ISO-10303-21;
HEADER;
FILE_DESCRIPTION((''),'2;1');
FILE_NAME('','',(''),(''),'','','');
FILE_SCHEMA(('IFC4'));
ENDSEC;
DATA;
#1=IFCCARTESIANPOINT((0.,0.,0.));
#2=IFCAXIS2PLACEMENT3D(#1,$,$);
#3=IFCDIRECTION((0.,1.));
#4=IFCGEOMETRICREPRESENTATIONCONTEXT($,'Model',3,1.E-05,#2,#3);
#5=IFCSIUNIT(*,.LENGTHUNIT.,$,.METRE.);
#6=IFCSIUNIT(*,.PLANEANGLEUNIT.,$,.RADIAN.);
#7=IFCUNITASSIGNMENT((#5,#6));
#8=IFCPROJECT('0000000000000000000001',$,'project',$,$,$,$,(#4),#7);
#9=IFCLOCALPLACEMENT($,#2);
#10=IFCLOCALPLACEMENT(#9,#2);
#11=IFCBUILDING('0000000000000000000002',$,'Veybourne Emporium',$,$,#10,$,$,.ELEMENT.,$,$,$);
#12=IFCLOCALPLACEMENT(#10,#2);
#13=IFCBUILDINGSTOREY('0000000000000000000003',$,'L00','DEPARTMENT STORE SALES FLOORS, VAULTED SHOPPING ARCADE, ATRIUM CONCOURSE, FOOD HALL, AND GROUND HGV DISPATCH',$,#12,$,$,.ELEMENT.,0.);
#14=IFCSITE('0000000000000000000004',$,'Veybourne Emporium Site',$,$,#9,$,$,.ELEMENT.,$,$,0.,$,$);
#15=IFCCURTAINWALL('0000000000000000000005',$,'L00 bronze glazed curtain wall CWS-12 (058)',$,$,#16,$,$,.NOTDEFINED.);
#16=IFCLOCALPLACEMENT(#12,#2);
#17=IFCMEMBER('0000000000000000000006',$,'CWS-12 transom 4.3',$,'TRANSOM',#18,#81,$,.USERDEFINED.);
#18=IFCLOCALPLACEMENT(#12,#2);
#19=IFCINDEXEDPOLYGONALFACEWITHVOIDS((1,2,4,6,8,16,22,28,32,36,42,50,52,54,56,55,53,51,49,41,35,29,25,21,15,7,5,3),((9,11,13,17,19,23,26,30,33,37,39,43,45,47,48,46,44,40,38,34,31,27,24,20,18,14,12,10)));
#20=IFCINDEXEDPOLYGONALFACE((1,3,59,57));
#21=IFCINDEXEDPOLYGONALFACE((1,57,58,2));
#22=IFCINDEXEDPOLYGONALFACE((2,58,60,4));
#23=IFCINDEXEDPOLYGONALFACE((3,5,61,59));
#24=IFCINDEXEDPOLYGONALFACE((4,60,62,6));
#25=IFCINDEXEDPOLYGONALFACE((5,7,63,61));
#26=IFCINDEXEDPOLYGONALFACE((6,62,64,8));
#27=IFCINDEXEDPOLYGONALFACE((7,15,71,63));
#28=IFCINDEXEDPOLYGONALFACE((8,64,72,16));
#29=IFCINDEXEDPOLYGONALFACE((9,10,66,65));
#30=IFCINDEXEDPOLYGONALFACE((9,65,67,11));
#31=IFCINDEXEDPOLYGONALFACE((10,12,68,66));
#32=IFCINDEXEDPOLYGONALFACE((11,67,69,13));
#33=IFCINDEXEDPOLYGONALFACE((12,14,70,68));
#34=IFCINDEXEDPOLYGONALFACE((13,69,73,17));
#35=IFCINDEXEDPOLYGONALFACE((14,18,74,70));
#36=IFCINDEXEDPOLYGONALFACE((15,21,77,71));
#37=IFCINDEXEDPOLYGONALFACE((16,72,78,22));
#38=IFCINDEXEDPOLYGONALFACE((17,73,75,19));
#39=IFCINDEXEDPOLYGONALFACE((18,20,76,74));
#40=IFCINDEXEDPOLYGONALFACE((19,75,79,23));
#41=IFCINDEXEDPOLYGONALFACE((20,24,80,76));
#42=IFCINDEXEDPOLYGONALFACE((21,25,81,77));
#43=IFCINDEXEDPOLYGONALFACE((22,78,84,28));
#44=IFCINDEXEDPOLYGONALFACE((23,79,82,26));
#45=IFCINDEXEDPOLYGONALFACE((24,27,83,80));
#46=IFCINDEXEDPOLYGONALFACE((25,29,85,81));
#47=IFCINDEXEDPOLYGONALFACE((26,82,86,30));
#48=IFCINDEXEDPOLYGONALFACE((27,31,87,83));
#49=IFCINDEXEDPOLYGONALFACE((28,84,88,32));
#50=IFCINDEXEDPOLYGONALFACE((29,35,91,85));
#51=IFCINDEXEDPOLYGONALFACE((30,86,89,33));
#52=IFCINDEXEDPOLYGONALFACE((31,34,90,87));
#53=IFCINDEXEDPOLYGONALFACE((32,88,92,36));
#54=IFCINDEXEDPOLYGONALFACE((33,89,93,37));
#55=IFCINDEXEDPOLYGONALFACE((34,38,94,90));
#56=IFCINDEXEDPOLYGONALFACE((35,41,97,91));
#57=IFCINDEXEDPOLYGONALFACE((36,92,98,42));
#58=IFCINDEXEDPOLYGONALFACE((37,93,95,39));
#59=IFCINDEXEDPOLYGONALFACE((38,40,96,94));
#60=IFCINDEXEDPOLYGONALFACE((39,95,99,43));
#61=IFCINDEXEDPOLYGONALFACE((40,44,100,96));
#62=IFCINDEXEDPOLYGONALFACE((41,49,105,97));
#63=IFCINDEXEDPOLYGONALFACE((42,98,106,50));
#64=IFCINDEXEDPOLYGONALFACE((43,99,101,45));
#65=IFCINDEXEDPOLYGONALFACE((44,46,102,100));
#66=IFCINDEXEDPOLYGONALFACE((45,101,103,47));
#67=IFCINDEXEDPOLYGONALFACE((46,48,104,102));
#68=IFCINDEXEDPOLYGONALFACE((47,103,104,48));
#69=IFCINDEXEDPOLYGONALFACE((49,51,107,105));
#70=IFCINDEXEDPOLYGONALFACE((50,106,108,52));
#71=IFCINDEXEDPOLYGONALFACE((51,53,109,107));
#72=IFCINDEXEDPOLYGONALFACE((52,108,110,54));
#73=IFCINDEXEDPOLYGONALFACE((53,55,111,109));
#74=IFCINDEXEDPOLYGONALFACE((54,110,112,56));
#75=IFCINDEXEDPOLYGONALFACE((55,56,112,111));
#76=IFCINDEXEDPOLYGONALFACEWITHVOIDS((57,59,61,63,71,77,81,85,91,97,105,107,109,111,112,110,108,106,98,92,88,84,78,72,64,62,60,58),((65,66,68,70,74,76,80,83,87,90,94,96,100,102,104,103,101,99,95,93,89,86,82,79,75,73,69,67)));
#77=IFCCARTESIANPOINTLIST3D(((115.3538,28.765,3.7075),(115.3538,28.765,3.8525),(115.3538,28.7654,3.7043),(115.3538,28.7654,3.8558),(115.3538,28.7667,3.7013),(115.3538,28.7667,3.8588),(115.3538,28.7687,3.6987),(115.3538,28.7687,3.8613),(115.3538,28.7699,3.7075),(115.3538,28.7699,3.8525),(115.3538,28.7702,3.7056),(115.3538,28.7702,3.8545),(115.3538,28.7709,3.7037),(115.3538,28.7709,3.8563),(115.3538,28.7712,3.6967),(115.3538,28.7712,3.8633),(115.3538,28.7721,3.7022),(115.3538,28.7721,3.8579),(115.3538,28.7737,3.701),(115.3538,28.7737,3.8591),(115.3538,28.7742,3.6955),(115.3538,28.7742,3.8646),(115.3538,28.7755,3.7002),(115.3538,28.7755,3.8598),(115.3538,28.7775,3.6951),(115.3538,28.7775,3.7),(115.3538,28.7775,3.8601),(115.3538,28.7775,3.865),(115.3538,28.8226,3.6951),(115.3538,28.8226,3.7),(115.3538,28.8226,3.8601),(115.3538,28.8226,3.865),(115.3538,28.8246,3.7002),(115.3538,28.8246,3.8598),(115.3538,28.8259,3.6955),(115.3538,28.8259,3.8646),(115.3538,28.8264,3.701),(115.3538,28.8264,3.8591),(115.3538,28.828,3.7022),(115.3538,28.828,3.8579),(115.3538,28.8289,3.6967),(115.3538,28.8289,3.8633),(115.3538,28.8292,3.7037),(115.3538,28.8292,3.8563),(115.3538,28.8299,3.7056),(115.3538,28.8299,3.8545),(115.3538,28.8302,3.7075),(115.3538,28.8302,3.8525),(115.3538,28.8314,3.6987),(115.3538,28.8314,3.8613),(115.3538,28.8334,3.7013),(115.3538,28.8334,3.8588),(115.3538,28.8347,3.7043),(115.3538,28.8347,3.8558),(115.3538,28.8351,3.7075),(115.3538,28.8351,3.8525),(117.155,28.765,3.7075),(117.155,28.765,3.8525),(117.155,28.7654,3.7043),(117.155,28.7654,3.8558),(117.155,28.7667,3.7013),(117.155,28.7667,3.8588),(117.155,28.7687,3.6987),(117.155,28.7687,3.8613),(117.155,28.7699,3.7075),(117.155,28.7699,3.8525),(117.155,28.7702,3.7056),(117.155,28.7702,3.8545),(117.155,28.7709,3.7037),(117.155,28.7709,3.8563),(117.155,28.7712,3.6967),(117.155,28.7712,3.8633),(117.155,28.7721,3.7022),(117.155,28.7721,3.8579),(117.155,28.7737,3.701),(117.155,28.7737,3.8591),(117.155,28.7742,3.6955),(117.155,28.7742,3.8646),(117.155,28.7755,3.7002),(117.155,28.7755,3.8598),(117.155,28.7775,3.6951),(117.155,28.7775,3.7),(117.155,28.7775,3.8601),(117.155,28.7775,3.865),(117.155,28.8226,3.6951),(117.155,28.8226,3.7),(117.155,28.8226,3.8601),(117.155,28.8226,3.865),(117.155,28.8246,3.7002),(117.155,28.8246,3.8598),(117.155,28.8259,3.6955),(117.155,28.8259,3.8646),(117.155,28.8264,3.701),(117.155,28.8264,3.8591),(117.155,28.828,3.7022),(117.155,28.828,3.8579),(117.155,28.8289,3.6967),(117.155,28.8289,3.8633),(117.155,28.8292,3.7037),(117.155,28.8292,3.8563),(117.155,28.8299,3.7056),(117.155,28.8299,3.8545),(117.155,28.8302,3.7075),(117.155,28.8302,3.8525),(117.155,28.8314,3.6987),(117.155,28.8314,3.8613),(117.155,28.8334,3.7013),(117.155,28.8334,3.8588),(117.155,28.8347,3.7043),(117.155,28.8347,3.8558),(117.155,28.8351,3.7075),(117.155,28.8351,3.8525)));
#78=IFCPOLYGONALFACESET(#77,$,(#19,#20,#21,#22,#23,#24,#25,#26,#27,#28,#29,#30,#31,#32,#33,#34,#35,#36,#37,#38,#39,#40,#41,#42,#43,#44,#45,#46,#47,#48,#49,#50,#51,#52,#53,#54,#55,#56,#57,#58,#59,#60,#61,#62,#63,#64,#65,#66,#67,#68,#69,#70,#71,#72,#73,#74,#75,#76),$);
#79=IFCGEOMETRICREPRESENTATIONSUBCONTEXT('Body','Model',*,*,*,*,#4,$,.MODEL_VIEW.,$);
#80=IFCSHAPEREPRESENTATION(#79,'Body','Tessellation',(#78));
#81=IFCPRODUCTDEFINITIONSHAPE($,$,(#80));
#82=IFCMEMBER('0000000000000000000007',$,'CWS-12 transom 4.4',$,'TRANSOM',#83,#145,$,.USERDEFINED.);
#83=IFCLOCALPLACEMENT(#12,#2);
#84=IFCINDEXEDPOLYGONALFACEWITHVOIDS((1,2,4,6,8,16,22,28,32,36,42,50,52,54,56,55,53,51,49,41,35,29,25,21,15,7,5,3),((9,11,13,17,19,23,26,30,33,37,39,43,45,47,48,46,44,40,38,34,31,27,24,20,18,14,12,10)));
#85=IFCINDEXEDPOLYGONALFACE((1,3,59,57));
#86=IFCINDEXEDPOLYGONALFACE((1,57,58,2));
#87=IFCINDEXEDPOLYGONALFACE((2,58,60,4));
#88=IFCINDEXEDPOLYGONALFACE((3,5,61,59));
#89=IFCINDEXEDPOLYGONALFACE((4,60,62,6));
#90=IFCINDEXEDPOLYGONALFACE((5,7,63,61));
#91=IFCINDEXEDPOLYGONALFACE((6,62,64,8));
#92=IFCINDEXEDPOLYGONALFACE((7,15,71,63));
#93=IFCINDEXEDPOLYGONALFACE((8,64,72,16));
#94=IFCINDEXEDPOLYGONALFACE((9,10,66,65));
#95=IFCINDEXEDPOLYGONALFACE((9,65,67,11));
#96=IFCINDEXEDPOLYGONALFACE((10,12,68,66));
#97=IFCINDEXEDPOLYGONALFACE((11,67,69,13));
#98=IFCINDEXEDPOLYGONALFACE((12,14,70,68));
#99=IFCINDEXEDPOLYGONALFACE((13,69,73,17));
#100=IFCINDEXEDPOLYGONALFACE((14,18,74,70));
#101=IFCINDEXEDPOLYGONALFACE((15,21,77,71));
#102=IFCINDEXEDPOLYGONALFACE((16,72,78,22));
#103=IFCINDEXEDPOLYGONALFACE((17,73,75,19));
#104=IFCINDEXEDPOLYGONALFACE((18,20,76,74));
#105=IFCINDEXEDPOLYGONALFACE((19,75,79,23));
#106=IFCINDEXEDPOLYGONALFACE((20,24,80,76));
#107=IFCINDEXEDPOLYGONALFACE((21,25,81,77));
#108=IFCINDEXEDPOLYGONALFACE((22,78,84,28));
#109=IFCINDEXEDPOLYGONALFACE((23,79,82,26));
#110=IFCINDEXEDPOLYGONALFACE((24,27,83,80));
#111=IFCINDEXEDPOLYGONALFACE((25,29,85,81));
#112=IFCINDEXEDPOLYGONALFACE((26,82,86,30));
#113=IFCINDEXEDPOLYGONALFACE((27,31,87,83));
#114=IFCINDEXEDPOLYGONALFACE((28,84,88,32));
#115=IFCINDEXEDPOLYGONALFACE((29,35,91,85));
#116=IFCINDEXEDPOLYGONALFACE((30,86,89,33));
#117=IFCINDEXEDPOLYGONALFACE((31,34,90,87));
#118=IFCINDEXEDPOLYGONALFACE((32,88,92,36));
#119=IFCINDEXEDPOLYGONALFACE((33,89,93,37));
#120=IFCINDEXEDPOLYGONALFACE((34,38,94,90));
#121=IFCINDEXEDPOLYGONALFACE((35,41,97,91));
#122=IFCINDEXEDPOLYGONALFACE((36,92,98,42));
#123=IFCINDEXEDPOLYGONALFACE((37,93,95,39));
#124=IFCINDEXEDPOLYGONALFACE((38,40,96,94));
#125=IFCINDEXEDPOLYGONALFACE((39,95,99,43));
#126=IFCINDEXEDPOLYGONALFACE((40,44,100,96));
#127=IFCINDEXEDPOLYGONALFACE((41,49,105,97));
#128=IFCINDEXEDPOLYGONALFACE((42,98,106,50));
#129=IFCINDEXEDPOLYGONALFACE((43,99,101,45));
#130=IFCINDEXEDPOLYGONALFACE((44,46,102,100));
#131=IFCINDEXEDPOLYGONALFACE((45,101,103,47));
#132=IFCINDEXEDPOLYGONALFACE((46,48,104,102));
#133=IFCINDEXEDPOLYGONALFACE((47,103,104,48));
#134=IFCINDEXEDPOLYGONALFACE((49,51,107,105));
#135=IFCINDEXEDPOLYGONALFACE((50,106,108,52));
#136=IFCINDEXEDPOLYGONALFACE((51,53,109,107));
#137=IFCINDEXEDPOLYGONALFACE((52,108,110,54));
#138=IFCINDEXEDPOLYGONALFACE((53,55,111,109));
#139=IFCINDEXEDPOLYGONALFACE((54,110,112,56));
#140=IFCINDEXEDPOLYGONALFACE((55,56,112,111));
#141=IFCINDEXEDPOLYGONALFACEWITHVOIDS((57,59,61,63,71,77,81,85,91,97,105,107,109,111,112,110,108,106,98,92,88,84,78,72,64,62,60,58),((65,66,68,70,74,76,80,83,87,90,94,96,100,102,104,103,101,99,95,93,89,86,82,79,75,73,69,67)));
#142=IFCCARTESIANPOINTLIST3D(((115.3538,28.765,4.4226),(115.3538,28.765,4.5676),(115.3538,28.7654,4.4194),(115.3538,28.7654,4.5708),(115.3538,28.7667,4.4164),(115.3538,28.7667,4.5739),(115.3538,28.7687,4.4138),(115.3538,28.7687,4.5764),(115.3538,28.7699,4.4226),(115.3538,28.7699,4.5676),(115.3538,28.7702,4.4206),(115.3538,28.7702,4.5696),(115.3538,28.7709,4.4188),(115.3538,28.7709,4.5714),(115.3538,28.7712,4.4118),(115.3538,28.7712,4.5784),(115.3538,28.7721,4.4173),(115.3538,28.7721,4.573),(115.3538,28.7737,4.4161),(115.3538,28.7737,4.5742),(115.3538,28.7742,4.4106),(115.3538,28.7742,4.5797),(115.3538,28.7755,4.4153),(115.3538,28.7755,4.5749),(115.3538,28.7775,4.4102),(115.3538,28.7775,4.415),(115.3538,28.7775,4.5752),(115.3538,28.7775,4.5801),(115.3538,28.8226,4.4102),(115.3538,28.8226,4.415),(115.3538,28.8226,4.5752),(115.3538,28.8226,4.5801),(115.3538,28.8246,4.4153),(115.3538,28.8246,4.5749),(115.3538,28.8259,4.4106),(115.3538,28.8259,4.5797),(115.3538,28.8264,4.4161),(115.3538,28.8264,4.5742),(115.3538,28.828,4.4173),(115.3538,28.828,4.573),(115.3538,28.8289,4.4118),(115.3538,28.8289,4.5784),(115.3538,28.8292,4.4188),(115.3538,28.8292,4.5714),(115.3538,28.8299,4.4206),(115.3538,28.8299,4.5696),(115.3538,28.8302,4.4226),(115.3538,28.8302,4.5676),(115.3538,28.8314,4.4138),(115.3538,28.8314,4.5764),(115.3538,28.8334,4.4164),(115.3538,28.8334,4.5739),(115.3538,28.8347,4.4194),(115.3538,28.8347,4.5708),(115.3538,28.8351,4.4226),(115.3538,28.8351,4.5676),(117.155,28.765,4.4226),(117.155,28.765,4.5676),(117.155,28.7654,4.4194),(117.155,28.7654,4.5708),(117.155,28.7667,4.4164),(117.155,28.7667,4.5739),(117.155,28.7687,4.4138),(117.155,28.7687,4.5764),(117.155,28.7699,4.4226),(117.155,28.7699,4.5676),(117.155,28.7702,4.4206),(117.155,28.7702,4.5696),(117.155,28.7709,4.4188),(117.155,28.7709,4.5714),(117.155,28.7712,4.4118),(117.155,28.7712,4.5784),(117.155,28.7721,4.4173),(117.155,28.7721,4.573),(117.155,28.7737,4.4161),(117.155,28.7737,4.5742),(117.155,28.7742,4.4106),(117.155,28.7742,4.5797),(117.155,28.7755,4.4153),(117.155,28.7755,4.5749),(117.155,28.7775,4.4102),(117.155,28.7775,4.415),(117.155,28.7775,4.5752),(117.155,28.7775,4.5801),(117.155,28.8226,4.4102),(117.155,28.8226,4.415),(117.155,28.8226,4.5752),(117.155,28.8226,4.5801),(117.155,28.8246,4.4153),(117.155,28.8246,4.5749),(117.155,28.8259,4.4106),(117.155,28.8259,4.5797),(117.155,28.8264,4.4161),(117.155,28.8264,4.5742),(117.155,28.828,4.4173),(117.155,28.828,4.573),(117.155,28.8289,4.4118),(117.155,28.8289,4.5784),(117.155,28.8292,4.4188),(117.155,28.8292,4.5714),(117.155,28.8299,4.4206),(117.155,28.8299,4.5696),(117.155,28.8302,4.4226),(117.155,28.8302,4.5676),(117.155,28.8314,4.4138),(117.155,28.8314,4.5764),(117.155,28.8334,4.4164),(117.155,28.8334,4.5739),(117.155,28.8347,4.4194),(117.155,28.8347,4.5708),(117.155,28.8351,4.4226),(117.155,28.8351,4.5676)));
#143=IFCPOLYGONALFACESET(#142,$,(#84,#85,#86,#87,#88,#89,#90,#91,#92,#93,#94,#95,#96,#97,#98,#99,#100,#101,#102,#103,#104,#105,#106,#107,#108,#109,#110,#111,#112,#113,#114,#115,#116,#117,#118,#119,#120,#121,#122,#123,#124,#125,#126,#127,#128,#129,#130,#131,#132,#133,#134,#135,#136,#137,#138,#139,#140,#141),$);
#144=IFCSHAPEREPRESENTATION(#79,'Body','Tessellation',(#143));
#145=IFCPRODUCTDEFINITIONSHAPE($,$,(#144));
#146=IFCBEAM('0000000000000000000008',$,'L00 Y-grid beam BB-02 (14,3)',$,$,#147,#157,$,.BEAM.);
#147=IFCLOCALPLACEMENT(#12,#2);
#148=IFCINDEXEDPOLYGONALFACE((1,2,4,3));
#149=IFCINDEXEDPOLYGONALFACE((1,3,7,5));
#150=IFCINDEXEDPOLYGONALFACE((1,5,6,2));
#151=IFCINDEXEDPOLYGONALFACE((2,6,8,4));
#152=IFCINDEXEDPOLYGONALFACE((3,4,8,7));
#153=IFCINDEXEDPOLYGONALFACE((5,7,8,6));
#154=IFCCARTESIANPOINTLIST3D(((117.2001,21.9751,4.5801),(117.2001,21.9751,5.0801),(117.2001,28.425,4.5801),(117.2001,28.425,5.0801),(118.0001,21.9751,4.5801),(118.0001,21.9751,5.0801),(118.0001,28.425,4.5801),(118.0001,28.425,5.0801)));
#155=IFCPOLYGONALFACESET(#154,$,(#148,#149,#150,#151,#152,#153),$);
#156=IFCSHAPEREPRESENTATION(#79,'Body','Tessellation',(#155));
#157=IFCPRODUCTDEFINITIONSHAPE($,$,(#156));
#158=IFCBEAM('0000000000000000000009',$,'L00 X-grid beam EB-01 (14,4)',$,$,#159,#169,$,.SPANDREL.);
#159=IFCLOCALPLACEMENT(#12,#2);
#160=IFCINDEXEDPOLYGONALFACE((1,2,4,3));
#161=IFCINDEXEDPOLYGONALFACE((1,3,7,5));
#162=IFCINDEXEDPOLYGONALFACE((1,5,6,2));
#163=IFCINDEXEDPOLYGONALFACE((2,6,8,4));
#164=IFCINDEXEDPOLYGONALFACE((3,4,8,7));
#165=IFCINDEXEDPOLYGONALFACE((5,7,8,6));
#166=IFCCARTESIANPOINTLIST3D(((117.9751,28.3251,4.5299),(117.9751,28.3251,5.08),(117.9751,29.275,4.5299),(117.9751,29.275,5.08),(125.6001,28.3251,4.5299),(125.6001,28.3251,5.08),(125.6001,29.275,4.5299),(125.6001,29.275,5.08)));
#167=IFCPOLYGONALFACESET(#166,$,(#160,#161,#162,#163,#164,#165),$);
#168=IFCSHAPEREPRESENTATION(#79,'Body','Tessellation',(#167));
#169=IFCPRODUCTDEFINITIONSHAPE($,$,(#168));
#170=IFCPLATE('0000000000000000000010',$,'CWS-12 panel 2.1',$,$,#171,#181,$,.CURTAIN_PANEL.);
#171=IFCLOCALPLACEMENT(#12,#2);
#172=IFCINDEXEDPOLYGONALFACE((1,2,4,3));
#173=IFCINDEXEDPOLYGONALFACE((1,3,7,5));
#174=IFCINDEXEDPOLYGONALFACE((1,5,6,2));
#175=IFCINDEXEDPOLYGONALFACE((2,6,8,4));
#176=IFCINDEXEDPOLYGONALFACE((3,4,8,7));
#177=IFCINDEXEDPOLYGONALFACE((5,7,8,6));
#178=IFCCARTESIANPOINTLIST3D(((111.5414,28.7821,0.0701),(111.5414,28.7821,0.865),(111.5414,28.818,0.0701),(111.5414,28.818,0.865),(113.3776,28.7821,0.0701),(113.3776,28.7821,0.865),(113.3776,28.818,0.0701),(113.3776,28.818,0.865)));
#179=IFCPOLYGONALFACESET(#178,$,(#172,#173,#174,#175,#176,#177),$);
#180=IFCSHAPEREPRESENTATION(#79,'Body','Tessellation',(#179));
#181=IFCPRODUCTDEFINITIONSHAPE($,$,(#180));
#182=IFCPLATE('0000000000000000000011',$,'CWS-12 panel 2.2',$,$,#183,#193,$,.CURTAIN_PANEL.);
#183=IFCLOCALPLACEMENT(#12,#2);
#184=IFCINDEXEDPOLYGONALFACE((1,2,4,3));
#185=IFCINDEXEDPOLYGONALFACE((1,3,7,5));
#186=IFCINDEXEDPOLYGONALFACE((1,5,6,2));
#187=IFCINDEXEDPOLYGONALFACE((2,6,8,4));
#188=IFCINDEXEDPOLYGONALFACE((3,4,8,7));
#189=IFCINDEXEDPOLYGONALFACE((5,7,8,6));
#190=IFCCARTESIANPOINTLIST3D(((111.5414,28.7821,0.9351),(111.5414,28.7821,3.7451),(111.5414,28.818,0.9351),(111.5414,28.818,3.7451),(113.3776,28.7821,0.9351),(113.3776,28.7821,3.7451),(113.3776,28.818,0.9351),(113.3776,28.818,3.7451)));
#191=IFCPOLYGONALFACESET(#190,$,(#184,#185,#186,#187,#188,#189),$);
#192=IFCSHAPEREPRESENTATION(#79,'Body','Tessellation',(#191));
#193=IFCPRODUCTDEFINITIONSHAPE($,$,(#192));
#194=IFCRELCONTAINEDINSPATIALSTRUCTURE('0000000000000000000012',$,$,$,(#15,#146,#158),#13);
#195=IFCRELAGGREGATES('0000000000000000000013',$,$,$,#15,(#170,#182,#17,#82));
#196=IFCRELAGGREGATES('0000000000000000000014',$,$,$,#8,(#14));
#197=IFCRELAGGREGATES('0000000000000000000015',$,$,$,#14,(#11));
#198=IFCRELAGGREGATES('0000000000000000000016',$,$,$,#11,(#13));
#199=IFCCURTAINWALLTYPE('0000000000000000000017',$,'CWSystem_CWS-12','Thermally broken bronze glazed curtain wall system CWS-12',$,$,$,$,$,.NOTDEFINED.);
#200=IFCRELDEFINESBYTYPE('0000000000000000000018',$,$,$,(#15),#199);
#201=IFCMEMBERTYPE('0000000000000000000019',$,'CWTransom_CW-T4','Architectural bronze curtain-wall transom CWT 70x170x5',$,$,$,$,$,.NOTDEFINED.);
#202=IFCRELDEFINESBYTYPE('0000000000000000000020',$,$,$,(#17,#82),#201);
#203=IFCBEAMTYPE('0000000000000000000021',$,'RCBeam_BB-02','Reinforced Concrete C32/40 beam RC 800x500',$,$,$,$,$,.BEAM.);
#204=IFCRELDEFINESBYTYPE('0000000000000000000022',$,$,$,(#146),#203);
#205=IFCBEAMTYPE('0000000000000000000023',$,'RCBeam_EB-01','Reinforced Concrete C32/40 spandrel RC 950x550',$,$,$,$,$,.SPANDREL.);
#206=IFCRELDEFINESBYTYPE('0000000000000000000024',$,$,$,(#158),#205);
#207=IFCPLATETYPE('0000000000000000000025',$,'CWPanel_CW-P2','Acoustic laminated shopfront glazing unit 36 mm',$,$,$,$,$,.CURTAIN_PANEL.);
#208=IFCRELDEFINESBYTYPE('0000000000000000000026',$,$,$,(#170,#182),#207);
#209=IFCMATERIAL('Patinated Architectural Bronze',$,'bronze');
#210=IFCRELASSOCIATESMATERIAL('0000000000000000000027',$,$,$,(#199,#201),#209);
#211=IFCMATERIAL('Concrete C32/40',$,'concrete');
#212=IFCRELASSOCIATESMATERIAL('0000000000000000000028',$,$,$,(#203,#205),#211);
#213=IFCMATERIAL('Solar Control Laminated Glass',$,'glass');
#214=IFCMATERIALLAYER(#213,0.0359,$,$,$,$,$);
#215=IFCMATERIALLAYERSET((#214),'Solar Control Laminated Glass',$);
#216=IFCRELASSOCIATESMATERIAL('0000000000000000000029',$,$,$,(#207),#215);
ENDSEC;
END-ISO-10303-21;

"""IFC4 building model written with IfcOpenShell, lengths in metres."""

from ifc_helpers import new_model, si_unit, direction, frame, origin, origin_2d, place, context, subcontext, project, spatial, rectangle, hollow_rectangle, extrude, material, layer, layer_set, material_profile, profile_set, type_object, element, aggregate, save


model = new_model("IFC4")

# Units and contexts
model_context = context("Model", 3, precision=1e-05, world=origin(), true_north=direction((0.0, 1.0)))
body_context = subcontext(model_context, "Body", "Model", "MODEL_VIEW")
ifc_project = project(units=[si_unit("LENGTHUNIT", "METRE"), si_unit("PLANEANGLEUNIT", "RADIAN")], contexts=[model_context])

# Site, building, storey
site_placement = place(None, origin())
site = spatial("IfcSite", under=ifc_project, at=site_placement, Name="Veybourne Emporium Site", CompositionType="ELEMENT", RefElevation=0.0)
building_placement = place(site_placement, origin())
building = spatial("IfcBuilding", under=site, at=building_placement, Name="Veybourne Emporium", CompositionType="ELEMENT")
storey_placement = place(building_placement, origin())
storey = spatial("IfcBuildingStorey", under=building, at=storey_placement, Name="L00", Description="DEPARTMENT STORE SALES FLOORS, VAULTED SHOPPING ARCADE, ATRIUM CONCOURSE, FOOD HALL, AND GROUND HGV DISPATCH", CompositionType="ELEMENT", Elevation=0.0)

# Shared definitions
ifc_material_1 = material(Name="Patinated Architectural Bronze", Category="bronze")

# Curtain wall
curtain_wall_type_1 = type_object("IfcCurtainWallType", Name="CWSystem_CWS-12", Description="Thermally broken bronze glazed curtain wall system CWS-12", PredefinedType="NOTDEFINED", material=ifc_material_1)
curtain_wall_1_placement = place(storey_placement, origin())
curtain_wall_1 = element("IfcCurtainWall", 1, at=curtain_wall_1_placement, inside=storey, type_object=curtain_wall_type_1, Name="L00 bronze glazed curtain wall CWS-12 (058)", PredefinedType="NOTDEFINED")

# Members
ifc_material_profile_1 = material_profile(ifc_material_1, hollow_rectangle(XDim=0.0701, YDim=0.1699, WallThickness=0.0049, InnerFilletRadius=0.0076, OuterFilletRadius=0.0125, at=origin_2d()), Name="CWT 70x170x5")
ifc_profile_set_1 = profile_set([ifc_material_profile_1], Name="Patinated Architectural Bronze")
member_type_1 = type_object("IfcMemberType", Name="CWTransom_CW-T4", Description="Architectural bronze curtain-wall transom CWT 70x170x5", PredefinedType="NOTDEFINED", material=ifc_profile_set_1)
member_1_placement = place(storey_placement, frame((115.3538, 28.8, 3.78), z_axis=(1.0, 0.0, 0.0), x_axis=(0.0, 1.0, 0.0)))
member_1 = element("IfcMember", 2, at=member_1_placement, type_object=member_type_1, Name="CWS-12 transom 4.3", ObjectType="TRANSOM", PredefinedType="USERDEFINED", context=body_context, shape_type="SweptSolid", body=[
    extrude(hollow_rectangle(XDim=0.0701, YDim=0.1699, WallThickness=0.0049, InnerFilletRadius=0.0076, OuterFilletRadius=0.0125, at=origin_2d()), origin(), (0.0, 0.0, 1.0), 1.8013),
])
member_2_placement = place(storey_placement, frame((115.3538, 28.8, 4.4951), z_axis=(1.0, 0.0, 0.0), x_axis=(0.0, 1.0, 0.0)))
member_2 = element("IfcMember", 3, at=member_2_placement, type_object=member_type_1, Name="CWS-12 transom 4.4", ObjectType="TRANSOM", PredefinedType="USERDEFINED", context=body_context, shape_type="SweptSolid", body=[
    extrude(hollow_rectangle(XDim=0.0701, YDim=0.1699, WallThickness=0.0049, InnerFilletRadius=0.0076, OuterFilletRadius=0.0125, at=origin_2d()), origin(), (0.0, 0.0, 1.0), 1.8013),
])

# Beams
ifc_material_2 = material(Name="Concrete C32/40", Category="concrete")
ifc_material_profile_2 = material_profile(ifc_material_2, rectangle(XDim=0.8, YDim=0.5, at=origin_2d()), Name="RC 800x500")
ifc_profile_set_2 = profile_set([ifc_material_profile_2], Name="Concrete C32/40")
beam_type_1 = type_object("IfcBeamType", Name="RCBeam_BB-02", Description="Reinforced Concrete C32/40 beam RC 800x500", PredefinedType="BEAM", material=ifc_profile_set_2)
beam_1_placement = place(storey_placement, frame((117.6001, 21.9751, 4.8301), z_axis=(0.0, 1.0, 0.0), x_axis=(-1.0, 0.0, 0.0)))
element("IfcBeam", 4, at=beam_1_placement, inside=storey, type_object=beam_type_1, Name="L00 Y-grid beam BB-02 (14,3)", PredefinedType="BEAM", context=body_context, shape_type="SweptSolid", body=[
    extrude(rectangle(XDim=0.8, YDim=0.5, at=origin_2d()), origin(), (0.0, 0.0, 1.0), 6.45),
])
ifc_material_profile_3 = material_profile(ifc_material_2, rectangle(XDim=0.95, YDim=0.55, at=origin_2d()), Name="RC 950x550")
ifc_profile_set_3 = profile_set([ifc_material_profile_3], Name="Concrete C32/40")
beam_type_2 = type_object("IfcBeamType", Name="RCBeam_EB-01", Description="Reinforced Concrete C32/40 spandrel RC 950x550", PredefinedType="SPANDREL", material=ifc_profile_set_3)
beam_2_placement = place(storey_placement, frame((117.9751, 28.8, 4.8049), z_axis=(1.0, 0.0, 0.0), x_axis=(0.0, 1.0, 0.0)))
element("IfcBeam", 5, at=beam_2_placement, inside=storey, type_object=beam_type_2, Name="L00 X-grid beam EB-01 (14,4)", PredefinedType="SPANDREL", context=body_context, shape_type="SweptSolid", body=[
    extrude(rectangle(XDim=0.95, YDim=0.55, at=origin_2d()), origin(), (0.0, 0.0, 1.0), 7.625),
])

# Plates
ifc_material_3 = material(Name="Solar Control Laminated Glass", Category="glass")
ifc_layer_1 = layer(ifc_material_3, 0.0359)
ifc_layer_set_1 = layer_set([ifc_layer_1], Name="Solar Control Laminated Glass")
plate_type = type_object("IfcPlateType", Name="CWPanel_CW-P2", Description="Acoustic laminated shopfront glazing unit 36 mm", PredefinedType="CURTAIN_PANEL", material=ifc_layer_set_1)
plate_1_placement = place(storey_placement, frame((112.4595, 28.8, 0.0701), z_axis=(0.0, 0.0, 1.0), x_axis=(1.0, 0.0, 0.0)))
plate_1 = element("IfcPlate", 6, at=plate_1_placement, type_object=plate_type, Name="CWS-12 panel 2.1", PredefinedType="CURTAIN_PANEL", context=body_context, shape_type="SweptSolid", body=[
    extrude(rectangle(XDim=1.8362, YDim=0.0359, at=origin_2d()), origin(), (0.0, 0.0, 1.0), 0.7949),
])
plate_2_placement = place(storey_placement, frame((112.4595, 28.8, 0.9351), z_axis=(0.0, 0.0, 1.0), x_axis=(1.0, 0.0, 0.0)))
plate_2 = element("IfcPlate", 7, at=plate_2_placement, type_object=plate_type, Name="CWS-12 panel 2.2", PredefinedType="CURTAIN_PANEL", context=body_context, shape_type="SweptSolid", body=[
    extrude(rectangle(XDim=1.8362, YDim=0.0359, at=origin_2d()), origin(), (0.0, 0.0, 1.0), 2.8101),
])
aggregate(curtain_wall_1, [plate_1, plate_2, member_1, member_2])

save(model, "model.ifc")
